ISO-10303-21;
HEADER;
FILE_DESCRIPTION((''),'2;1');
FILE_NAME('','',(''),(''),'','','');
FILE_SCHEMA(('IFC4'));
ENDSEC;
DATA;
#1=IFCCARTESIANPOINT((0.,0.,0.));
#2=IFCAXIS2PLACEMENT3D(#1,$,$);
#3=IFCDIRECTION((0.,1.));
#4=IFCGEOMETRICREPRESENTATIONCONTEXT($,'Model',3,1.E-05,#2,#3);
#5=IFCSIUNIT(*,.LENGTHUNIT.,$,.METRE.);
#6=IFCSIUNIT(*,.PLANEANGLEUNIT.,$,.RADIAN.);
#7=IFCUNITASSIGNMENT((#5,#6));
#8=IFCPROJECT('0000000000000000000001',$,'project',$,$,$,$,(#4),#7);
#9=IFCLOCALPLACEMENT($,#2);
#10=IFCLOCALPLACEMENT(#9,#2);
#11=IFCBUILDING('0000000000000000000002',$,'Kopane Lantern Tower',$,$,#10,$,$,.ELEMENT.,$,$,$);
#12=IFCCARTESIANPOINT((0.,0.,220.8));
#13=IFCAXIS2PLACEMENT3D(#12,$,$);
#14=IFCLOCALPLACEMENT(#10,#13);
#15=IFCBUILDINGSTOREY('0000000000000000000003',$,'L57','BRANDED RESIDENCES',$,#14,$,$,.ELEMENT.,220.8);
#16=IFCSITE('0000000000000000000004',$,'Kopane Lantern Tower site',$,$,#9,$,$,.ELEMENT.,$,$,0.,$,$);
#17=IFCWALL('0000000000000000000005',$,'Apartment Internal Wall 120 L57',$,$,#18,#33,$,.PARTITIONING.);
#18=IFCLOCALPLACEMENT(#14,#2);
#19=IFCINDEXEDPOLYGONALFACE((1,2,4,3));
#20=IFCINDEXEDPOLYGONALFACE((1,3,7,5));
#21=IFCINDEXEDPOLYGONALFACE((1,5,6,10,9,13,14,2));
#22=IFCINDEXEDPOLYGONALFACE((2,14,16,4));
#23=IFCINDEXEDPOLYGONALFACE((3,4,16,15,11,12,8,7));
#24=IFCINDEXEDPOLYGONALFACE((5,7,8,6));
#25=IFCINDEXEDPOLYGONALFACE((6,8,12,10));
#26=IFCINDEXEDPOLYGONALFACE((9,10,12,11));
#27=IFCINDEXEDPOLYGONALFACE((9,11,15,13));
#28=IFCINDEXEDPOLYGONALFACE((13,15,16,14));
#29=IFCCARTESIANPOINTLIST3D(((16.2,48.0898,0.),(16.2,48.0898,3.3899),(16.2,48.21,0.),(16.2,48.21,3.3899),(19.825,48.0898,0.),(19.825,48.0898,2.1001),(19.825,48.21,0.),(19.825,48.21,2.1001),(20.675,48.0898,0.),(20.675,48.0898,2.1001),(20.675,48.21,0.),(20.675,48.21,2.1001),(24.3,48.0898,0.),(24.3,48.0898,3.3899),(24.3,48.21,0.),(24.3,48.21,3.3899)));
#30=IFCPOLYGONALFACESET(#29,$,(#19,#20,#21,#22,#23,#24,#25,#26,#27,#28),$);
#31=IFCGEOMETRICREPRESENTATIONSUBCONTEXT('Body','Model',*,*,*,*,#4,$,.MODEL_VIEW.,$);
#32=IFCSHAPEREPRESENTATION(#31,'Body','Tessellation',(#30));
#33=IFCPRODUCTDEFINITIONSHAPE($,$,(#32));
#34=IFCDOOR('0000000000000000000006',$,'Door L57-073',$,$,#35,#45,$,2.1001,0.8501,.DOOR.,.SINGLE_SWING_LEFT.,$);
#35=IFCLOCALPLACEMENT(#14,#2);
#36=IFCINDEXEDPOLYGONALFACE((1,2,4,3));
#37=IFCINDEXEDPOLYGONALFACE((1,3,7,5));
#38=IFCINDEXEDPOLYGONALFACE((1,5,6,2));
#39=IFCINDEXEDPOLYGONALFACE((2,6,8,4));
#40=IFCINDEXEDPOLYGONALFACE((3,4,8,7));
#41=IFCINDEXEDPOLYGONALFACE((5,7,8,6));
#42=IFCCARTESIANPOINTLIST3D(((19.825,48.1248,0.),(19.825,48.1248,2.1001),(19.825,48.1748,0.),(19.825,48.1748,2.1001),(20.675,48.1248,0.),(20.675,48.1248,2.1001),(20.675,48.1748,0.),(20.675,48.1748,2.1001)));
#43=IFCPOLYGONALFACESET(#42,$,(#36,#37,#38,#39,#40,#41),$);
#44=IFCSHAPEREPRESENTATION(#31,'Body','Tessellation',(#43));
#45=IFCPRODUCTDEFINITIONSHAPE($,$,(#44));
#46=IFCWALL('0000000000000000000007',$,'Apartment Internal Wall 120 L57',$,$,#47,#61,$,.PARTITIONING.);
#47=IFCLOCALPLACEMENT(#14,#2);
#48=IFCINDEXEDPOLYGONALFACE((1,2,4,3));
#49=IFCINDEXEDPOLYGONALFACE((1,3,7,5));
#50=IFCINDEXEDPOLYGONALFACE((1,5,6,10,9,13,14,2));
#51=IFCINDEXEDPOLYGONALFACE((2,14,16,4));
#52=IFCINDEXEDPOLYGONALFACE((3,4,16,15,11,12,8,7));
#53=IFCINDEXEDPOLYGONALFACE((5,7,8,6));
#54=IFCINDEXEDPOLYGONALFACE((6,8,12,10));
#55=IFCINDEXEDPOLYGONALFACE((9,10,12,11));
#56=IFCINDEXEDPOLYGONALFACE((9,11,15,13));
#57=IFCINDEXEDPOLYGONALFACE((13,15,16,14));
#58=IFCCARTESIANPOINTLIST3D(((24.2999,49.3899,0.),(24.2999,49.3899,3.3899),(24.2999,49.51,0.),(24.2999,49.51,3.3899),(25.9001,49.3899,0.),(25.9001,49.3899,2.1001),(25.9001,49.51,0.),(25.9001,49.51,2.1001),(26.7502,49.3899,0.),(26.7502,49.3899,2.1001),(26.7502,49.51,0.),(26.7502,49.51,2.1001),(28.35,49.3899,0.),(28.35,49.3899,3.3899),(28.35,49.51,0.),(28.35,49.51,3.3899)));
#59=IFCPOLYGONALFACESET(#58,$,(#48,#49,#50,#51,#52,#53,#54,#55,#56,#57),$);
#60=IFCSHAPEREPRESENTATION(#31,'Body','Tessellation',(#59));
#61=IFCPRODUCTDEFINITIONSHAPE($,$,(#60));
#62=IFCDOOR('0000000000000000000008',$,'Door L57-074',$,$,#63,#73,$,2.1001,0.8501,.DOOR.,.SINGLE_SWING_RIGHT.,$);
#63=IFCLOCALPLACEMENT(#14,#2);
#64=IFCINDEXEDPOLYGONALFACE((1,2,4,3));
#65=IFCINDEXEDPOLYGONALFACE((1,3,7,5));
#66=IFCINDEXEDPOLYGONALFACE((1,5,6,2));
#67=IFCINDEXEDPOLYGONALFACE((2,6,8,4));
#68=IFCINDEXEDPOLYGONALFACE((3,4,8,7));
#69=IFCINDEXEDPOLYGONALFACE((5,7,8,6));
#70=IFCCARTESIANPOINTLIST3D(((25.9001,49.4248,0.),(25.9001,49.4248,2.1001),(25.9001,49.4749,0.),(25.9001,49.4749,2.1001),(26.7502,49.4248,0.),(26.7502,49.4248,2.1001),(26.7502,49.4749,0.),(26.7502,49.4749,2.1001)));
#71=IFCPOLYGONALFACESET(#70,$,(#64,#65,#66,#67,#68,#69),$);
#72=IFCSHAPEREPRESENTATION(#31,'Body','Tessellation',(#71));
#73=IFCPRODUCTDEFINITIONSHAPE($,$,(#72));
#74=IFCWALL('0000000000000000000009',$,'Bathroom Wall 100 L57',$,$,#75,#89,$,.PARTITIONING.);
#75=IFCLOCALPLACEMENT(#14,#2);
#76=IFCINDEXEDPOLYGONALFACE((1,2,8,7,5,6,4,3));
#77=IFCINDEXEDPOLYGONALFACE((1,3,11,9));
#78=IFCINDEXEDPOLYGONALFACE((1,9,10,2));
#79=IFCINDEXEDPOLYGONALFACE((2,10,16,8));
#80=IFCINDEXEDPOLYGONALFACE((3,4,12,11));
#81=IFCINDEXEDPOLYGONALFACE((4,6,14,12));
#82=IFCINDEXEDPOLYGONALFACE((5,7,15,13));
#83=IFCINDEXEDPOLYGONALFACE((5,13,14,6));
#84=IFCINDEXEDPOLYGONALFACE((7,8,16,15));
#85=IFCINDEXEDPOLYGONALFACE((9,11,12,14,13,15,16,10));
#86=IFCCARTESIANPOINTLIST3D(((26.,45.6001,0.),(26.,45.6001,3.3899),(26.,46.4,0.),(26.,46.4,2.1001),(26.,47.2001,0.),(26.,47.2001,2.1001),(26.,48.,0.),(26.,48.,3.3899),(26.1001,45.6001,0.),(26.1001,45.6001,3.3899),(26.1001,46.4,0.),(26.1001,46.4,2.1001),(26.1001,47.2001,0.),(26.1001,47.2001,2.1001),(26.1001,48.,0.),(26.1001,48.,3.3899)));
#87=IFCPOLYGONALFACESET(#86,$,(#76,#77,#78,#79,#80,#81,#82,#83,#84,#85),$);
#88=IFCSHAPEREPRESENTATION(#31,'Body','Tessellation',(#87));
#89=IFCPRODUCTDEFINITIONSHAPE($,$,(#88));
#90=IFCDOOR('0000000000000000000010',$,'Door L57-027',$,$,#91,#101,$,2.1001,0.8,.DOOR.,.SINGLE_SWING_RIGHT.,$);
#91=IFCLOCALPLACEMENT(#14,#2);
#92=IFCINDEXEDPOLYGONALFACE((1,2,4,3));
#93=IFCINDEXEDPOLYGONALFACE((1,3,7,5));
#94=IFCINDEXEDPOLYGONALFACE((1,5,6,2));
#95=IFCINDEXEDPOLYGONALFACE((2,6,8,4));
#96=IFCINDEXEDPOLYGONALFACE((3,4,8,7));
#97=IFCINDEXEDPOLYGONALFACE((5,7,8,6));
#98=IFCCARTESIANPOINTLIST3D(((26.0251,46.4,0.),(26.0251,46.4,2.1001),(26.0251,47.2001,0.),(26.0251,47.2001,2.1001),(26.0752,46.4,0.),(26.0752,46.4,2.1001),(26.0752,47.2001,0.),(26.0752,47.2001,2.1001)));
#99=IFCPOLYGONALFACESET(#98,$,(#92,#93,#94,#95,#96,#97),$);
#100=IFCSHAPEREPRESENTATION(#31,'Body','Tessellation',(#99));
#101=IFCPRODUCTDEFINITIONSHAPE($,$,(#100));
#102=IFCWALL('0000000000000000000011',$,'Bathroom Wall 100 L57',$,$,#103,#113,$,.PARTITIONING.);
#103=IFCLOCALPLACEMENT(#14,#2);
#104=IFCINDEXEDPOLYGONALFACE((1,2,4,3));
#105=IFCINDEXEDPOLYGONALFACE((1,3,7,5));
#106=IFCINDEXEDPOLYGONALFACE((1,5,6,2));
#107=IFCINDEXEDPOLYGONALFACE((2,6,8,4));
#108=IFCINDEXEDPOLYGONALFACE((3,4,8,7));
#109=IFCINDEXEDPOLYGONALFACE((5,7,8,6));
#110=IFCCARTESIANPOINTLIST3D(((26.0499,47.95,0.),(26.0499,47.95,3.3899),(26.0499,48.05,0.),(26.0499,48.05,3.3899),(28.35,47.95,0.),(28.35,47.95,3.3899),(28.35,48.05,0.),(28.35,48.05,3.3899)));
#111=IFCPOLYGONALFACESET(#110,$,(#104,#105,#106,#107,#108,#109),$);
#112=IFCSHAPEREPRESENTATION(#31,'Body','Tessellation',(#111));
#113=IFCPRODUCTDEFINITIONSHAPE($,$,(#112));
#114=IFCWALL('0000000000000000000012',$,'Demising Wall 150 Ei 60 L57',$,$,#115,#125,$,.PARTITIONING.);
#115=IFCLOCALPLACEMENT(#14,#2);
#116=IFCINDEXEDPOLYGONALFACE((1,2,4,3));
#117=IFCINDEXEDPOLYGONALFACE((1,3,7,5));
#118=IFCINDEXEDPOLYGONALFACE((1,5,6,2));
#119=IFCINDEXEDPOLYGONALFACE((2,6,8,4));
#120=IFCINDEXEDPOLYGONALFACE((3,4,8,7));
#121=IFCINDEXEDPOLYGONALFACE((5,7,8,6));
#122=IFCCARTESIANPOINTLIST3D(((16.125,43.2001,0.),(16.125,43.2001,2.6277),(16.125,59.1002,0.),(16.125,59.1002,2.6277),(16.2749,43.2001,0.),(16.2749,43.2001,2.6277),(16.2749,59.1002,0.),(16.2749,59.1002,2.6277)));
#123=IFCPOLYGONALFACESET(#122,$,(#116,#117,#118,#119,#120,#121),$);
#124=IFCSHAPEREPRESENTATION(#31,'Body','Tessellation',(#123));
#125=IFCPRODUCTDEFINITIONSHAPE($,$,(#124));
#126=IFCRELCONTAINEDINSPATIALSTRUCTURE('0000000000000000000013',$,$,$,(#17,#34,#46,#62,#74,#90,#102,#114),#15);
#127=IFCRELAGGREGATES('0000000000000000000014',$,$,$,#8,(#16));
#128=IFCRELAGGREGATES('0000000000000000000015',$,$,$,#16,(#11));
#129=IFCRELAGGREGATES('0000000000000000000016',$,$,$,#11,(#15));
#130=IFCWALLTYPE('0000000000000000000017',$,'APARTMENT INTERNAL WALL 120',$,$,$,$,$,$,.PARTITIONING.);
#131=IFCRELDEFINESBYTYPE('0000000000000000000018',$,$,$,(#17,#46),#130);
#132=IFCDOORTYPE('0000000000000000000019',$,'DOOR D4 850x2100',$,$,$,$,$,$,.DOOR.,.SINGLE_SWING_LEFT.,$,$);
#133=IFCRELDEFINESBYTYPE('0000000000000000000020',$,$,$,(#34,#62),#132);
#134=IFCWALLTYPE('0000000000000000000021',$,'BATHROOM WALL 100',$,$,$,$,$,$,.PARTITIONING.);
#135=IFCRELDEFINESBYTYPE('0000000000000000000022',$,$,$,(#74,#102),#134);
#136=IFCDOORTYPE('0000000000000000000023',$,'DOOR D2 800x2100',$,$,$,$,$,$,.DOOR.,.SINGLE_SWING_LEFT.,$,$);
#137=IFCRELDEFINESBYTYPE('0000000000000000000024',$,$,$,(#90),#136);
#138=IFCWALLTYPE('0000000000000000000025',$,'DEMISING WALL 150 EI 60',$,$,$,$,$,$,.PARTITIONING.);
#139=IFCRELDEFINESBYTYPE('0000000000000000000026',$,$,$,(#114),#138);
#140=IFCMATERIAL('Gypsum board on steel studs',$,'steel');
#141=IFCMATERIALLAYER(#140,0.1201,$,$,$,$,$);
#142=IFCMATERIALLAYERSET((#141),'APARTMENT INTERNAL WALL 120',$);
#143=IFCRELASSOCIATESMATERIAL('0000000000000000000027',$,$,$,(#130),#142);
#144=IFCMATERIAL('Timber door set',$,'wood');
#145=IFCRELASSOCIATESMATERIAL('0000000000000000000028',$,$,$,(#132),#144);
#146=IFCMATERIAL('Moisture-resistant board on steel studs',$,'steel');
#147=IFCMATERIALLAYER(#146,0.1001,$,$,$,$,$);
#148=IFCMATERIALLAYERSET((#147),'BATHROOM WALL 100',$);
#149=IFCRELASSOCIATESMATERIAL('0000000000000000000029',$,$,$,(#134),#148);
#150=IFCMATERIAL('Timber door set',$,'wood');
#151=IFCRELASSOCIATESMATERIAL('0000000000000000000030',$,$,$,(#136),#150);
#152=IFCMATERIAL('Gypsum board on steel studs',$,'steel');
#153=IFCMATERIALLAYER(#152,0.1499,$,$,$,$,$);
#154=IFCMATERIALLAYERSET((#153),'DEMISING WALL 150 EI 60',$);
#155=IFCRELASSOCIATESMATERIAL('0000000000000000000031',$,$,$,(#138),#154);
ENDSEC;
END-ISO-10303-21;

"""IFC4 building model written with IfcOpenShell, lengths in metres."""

from ifc_helpers import new_model, si_unit, direction, frame, frame_2d, origin, place, context, subcontext, project, spatial, rectangle, extrude, material, layer, layer_set, type_object, element, fill, save


model = new_model("IFC4")

# Units and contexts
model_context = context("Model", 3, precision=1e-05, world=origin(), true_north=direction((0.0, 1.0)))
body_context = subcontext(model_context, "Body", "Model", "MODEL_VIEW")
ifc_project = project(units=[si_unit("LENGTHUNIT", "METRE"), si_unit("PLANEANGLEUNIT", "RADIAN")], contexts=[model_context])

# Site, building, storey
site_placement = place(None, origin())
site = spatial("IfcSite", under=ifc_project, at=site_placement, Name="Kopane Lantern Tower site", CompositionType="ELEMENT", RefElevation=0.0)
building_placement = place(site_placement, origin())
building = spatial("IfcBuilding", under=site, at=building_placement, Name="Kopane Lantern Tower", CompositionType="ELEMENT")
storey_placement = place(building_placement, frame((0.0, 0.0, 220.8)))
storey = spatial("IfcBuildingStorey", under=building, at=storey_placement, Name="L57", Description="BRANDED RESIDENCES", CompositionType="ELEMENT", Elevation=220.8)

# Shared definitions
ifc_material_1 = material(Name="Gypsum board on steel studs", Category="steel")
ifc_layer_1 = layer(ifc_material_1, 0.1201)
ifc_layer_set_1 = layer_set([ifc_layer_1], Name="APARTMENT INTERNAL WALL 120")
wall_type_1 = type_object("IfcWallType", Name="APARTMENT INTERNAL WALL 120", PredefinedType="PARTITIONING", material=ifc_layer_set_1)

# Walls, openings, doors
ifc_material_2 = material(Name="Timber door set", Category="wood")
door_type_1 = type_object("IfcDoorType", Name="DOOR D4 850x2100", OperationType="SINGLE_SWING_LEFT", PredefinedType="DOOR", material=ifc_material_2)
wall_1_placement = place(storey_placement, frame((16.2, 48.1499, 0.0), z_axis=(0.0, 0.0, 1.0), x_axis=(1.0, 0.0, 0.0)))
wall_1 = element("IfcWall", 1, at=wall_1_placement, inside=storey, type_object=wall_type_1, Name="Apartment Internal Wall 120 L57", PredefinedType="PARTITIONING", context=body_context, shape_type="SweptSolid", body=[
    extrude(rectangle(XDim=8.1001, YDim=0.1201, at=frame_2d((4.05, 0.0))), origin(), (0.0, 0.0, 1.0), 3.3899),
])
opening_1_placement = place(wall_1_placement, frame((3.625, 0.0, 0.0)))
opening_1 = element("IfcOpeningElement", 2, at=opening_1_placement, cuts=wall_1, PredefinedType="OPENING", context=body_context, shape_type="SweptSolid", body=[
    extrude(rectangle(XDim=0.8501, YDim=2.1001, at=frame_2d((0.425, 1.05))), frame((0.0, 0.0701, 0.0), z_axis=(0.0, -1.0, 0.0), x_axis=(1.0, 0.0, 0.0)), (0.0, 0.0, 1.0), 0.1401),
])
door_1_placement = place(opening_1_placement, origin())
door_1 = element("IfcDoor", 3, at=door_1_placement, inside=storey, type_object=door_type_1, Name="Door L57-073", OperationType="SINGLE_SWING_LEFT", OverallHeight=2.1001, OverallWidth=0.8501, PredefinedType="DOOR", context=body_context, shape_type="SweptSolid", body=[
    extrude(rectangle(XDim=0.8501, YDim=2.1001, at=frame_2d((0.425, 1.05))), frame((0.0, 0.0249, 0.0), z_axis=(0.0, -1.0, 0.0), x_axis=(1.0, 0.0, 0.0)), (0.0, 0.0, 1.0), 0.05),
])
fill(opening_1, door_1)
wall_2_placement = place(storey_placement, frame((24.3, 49.45, 0.0), z_axis=(0.0, 0.0, 1.0), x_axis=(1.0, 0.0, 0.0)))
wall_2 = element("IfcWall", 4, at=wall_2_placement, inside=storey, type_object=wall_type_1, Name="Apartment Internal Wall 120 L57", PredefinedType="PARTITIONING", context=body_context, shape_type="SweptSolid", body=[
    extrude(rectangle(XDim=4.05, YDim=0.1201, at=frame_2d((2.0249, 0.0))), origin(), (0.0, 0.0, 1.0), 3.3899),
])
opening_2_placement = place(wall_2_placement, frame((1.6001, 0.0, 0.0)))
opening_2 = element("IfcOpeningElement", 5, at=opening_2_placement, cuts=wall_2, PredefinedType="OPENING", context=body_context, shape_type="SweptSolid", body=[
    extrude(rectangle(XDim=0.8501, YDim=2.1001, at=frame_2d((0.425, 1.05))), frame((0.0, 0.0701, 0.0), z_axis=(0.0, -1.0, 0.0), x_axis=(1.0, 0.0, 0.0)), (0.0, 0.0, 1.0), 0.1401),
])
door_2_placement = place(opening_2_placement, origin())
door_2 = element("IfcDoor", 6, at=door_2_placement, inside=storey, type_object=door_type_1, Name="Door L57-074", OperationType="SINGLE_SWING_RIGHT", OverallHeight=2.1001, OverallWidth=0.8501, PredefinedType="DOOR", context=body_context, shape_type="SweptSolid", body=[
    extrude(rectangle(XDim=0.8501, YDim=2.1001, at=frame_2d((0.425, 1.05))), frame((0.0, 0.0249, 0.0), z_axis=(0.0, -1.0, 0.0), x_axis=(1.0, 0.0, 0.0)), (0.0, 0.0, 1.0), 0.05),
])
fill(opening_2, door_2)
ifc_material_3 = material(Name="Moisture-resistant board on steel studs", Category="steel")
ifc_layer_2 = layer(ifc_material_3, 0.1001)
ifc_layer_set_2 = layer_set([ifc_layer_2], Name="BATHROOM WALL 100")
wall_type_2 = type_object("IfcWallType", Name="BATHROOM WALL 100", PredefinedType="PARTITIONING", material=ifc_layer_set_2)
wall_3_placement = place(storey_placement, frame((26.05, 45.6001, 0.0), z_axis=(0.0, 0.0, 1.0), x_axis=(0.0, 1.0, 0.0)))
wall_3 = element("IfcWall", 7, at=wall_3_placement, inside=storey, type_object=wall_type_2, Name="Bathroom Wall 100 L57", PredefinedType="PARTITIONING", context=body_context, shape_type="SweptSolid", body=[
    extrude(rectangle(XDim=2.3999, YDim=0.1001, at=frame_2d((1.2, 0.0))), origin(), (0.0, 0.0, 1.0), 3.3899),
])
opening_3_placement = place(wall_3_placement, frame((0.8, 0.0, 0.0)))
opening_3 = element("IfcOpeningElement", 8, at=opening_3_placement, cuts=wall_3, PredefinedType="OPENING", context=body_context, shape_type="SweptSolid", body=[
    extrude(rectangle(XDim=0.8, YDim=2.1001, at=frame_2d((0.3999, 1.05))), frame((0.0, 0.0601, 0.0), z_axis=(0.0, -1.0, 0.0), x_axis=(1.0, 0.0, 0.0)), (0.0, 0.0, 1.0), 0.1201),
])
ifc_material_4 = material(Name="Timber door set", Category="wood")
door_type_2 = type_object("IfcDoorType", Name="DOOR D2 800x2100", OperationType="SINGLE_SWING_LEFT", PredefinedType="DOOR", material=ifc_material_4)
door_3_placement = place(opening_3_placement, origin())
door_3 = element("IfcDoor", 9, at=door_3_placement, inside=storey, type_object=door_type_2, Name="Door L57-027", OperationType="SINGLE_SWING_RIGHT", OverallHeight=2.1001, OverallWidth=0.8, PredefinedType="DOOR", context=body_context, shape_type="SweptSolid", body=[
    extrude(rectangle(XDim=0.8, YDim=2.1001, at=frame_2d((0.3999, 1.05))), frame((0.0, 0.0249, 0.0), z_axis=(0.0, -1.0, 0.0), x_axis=(1.0, 0.0, 0.0)), (0.0, 0.0, 1.0), 0.05),
])
fill(opening_3, door_3)

# Walls
wall_4_placement = place(storey_placement, frame((26.05, 48.0, 0.0), z_axis=(0.0, 0.0, 1.0), x_axis=(1.0, 0.0, 0.0)))
element("IfcWall", 10, at=wall_4_placement, inside=storey, type_object=wall_type_2, Name="Bathroom Wall 100 L57", PredefinedType="PARTITIONING", context=body_context, shape_type="SweptSolid", body=[
    extrude(rectangle(XDim=2.3, YDim=0.1001, at=frame_2d((1.1499, 0.0))), origin(), (0.0, 0.0, 1.0), 3.3899),
])
ifc_material_5 = material(Name="Gypsum board on steel studs", Category="steel")
ifc_layer_3 = layer(ifc_material_5, 0.1499)
ifc_layer_set_3 = layer_set([ifc_layer_3], Name="DEMISING WALL 150 EI 60")
wall_type_3 = type_object("IfcWallType", Name="DEMISING WALL 150 EI 60", PredefinedType="PARTITIONING", material=ifc_layer_set_3)
wall_5_placement = place(storey_placement, frame((16.2, 43.2, 0.0), z_axis=(0.0, 0.0, 1.0), x_axis=(0.0, 1.0, 0.0)))
element("IfcWall", 11, at=wall_5_placement, inside=storey, type_object=wall_type_3, Name="Demising Wall 150 Ei 60 L57", PredefinedType="PARTITIONING", context=body_context, shape_type="SweptSolid", body=[
    extrude(rectangle(XDim=15.9001, YDim=0.1499, at=frame_2d((7.9502, 0.0))), origin(), (0.0, 0.0, 1.0), 2.6277),
])

save(model, "model.ifc")
